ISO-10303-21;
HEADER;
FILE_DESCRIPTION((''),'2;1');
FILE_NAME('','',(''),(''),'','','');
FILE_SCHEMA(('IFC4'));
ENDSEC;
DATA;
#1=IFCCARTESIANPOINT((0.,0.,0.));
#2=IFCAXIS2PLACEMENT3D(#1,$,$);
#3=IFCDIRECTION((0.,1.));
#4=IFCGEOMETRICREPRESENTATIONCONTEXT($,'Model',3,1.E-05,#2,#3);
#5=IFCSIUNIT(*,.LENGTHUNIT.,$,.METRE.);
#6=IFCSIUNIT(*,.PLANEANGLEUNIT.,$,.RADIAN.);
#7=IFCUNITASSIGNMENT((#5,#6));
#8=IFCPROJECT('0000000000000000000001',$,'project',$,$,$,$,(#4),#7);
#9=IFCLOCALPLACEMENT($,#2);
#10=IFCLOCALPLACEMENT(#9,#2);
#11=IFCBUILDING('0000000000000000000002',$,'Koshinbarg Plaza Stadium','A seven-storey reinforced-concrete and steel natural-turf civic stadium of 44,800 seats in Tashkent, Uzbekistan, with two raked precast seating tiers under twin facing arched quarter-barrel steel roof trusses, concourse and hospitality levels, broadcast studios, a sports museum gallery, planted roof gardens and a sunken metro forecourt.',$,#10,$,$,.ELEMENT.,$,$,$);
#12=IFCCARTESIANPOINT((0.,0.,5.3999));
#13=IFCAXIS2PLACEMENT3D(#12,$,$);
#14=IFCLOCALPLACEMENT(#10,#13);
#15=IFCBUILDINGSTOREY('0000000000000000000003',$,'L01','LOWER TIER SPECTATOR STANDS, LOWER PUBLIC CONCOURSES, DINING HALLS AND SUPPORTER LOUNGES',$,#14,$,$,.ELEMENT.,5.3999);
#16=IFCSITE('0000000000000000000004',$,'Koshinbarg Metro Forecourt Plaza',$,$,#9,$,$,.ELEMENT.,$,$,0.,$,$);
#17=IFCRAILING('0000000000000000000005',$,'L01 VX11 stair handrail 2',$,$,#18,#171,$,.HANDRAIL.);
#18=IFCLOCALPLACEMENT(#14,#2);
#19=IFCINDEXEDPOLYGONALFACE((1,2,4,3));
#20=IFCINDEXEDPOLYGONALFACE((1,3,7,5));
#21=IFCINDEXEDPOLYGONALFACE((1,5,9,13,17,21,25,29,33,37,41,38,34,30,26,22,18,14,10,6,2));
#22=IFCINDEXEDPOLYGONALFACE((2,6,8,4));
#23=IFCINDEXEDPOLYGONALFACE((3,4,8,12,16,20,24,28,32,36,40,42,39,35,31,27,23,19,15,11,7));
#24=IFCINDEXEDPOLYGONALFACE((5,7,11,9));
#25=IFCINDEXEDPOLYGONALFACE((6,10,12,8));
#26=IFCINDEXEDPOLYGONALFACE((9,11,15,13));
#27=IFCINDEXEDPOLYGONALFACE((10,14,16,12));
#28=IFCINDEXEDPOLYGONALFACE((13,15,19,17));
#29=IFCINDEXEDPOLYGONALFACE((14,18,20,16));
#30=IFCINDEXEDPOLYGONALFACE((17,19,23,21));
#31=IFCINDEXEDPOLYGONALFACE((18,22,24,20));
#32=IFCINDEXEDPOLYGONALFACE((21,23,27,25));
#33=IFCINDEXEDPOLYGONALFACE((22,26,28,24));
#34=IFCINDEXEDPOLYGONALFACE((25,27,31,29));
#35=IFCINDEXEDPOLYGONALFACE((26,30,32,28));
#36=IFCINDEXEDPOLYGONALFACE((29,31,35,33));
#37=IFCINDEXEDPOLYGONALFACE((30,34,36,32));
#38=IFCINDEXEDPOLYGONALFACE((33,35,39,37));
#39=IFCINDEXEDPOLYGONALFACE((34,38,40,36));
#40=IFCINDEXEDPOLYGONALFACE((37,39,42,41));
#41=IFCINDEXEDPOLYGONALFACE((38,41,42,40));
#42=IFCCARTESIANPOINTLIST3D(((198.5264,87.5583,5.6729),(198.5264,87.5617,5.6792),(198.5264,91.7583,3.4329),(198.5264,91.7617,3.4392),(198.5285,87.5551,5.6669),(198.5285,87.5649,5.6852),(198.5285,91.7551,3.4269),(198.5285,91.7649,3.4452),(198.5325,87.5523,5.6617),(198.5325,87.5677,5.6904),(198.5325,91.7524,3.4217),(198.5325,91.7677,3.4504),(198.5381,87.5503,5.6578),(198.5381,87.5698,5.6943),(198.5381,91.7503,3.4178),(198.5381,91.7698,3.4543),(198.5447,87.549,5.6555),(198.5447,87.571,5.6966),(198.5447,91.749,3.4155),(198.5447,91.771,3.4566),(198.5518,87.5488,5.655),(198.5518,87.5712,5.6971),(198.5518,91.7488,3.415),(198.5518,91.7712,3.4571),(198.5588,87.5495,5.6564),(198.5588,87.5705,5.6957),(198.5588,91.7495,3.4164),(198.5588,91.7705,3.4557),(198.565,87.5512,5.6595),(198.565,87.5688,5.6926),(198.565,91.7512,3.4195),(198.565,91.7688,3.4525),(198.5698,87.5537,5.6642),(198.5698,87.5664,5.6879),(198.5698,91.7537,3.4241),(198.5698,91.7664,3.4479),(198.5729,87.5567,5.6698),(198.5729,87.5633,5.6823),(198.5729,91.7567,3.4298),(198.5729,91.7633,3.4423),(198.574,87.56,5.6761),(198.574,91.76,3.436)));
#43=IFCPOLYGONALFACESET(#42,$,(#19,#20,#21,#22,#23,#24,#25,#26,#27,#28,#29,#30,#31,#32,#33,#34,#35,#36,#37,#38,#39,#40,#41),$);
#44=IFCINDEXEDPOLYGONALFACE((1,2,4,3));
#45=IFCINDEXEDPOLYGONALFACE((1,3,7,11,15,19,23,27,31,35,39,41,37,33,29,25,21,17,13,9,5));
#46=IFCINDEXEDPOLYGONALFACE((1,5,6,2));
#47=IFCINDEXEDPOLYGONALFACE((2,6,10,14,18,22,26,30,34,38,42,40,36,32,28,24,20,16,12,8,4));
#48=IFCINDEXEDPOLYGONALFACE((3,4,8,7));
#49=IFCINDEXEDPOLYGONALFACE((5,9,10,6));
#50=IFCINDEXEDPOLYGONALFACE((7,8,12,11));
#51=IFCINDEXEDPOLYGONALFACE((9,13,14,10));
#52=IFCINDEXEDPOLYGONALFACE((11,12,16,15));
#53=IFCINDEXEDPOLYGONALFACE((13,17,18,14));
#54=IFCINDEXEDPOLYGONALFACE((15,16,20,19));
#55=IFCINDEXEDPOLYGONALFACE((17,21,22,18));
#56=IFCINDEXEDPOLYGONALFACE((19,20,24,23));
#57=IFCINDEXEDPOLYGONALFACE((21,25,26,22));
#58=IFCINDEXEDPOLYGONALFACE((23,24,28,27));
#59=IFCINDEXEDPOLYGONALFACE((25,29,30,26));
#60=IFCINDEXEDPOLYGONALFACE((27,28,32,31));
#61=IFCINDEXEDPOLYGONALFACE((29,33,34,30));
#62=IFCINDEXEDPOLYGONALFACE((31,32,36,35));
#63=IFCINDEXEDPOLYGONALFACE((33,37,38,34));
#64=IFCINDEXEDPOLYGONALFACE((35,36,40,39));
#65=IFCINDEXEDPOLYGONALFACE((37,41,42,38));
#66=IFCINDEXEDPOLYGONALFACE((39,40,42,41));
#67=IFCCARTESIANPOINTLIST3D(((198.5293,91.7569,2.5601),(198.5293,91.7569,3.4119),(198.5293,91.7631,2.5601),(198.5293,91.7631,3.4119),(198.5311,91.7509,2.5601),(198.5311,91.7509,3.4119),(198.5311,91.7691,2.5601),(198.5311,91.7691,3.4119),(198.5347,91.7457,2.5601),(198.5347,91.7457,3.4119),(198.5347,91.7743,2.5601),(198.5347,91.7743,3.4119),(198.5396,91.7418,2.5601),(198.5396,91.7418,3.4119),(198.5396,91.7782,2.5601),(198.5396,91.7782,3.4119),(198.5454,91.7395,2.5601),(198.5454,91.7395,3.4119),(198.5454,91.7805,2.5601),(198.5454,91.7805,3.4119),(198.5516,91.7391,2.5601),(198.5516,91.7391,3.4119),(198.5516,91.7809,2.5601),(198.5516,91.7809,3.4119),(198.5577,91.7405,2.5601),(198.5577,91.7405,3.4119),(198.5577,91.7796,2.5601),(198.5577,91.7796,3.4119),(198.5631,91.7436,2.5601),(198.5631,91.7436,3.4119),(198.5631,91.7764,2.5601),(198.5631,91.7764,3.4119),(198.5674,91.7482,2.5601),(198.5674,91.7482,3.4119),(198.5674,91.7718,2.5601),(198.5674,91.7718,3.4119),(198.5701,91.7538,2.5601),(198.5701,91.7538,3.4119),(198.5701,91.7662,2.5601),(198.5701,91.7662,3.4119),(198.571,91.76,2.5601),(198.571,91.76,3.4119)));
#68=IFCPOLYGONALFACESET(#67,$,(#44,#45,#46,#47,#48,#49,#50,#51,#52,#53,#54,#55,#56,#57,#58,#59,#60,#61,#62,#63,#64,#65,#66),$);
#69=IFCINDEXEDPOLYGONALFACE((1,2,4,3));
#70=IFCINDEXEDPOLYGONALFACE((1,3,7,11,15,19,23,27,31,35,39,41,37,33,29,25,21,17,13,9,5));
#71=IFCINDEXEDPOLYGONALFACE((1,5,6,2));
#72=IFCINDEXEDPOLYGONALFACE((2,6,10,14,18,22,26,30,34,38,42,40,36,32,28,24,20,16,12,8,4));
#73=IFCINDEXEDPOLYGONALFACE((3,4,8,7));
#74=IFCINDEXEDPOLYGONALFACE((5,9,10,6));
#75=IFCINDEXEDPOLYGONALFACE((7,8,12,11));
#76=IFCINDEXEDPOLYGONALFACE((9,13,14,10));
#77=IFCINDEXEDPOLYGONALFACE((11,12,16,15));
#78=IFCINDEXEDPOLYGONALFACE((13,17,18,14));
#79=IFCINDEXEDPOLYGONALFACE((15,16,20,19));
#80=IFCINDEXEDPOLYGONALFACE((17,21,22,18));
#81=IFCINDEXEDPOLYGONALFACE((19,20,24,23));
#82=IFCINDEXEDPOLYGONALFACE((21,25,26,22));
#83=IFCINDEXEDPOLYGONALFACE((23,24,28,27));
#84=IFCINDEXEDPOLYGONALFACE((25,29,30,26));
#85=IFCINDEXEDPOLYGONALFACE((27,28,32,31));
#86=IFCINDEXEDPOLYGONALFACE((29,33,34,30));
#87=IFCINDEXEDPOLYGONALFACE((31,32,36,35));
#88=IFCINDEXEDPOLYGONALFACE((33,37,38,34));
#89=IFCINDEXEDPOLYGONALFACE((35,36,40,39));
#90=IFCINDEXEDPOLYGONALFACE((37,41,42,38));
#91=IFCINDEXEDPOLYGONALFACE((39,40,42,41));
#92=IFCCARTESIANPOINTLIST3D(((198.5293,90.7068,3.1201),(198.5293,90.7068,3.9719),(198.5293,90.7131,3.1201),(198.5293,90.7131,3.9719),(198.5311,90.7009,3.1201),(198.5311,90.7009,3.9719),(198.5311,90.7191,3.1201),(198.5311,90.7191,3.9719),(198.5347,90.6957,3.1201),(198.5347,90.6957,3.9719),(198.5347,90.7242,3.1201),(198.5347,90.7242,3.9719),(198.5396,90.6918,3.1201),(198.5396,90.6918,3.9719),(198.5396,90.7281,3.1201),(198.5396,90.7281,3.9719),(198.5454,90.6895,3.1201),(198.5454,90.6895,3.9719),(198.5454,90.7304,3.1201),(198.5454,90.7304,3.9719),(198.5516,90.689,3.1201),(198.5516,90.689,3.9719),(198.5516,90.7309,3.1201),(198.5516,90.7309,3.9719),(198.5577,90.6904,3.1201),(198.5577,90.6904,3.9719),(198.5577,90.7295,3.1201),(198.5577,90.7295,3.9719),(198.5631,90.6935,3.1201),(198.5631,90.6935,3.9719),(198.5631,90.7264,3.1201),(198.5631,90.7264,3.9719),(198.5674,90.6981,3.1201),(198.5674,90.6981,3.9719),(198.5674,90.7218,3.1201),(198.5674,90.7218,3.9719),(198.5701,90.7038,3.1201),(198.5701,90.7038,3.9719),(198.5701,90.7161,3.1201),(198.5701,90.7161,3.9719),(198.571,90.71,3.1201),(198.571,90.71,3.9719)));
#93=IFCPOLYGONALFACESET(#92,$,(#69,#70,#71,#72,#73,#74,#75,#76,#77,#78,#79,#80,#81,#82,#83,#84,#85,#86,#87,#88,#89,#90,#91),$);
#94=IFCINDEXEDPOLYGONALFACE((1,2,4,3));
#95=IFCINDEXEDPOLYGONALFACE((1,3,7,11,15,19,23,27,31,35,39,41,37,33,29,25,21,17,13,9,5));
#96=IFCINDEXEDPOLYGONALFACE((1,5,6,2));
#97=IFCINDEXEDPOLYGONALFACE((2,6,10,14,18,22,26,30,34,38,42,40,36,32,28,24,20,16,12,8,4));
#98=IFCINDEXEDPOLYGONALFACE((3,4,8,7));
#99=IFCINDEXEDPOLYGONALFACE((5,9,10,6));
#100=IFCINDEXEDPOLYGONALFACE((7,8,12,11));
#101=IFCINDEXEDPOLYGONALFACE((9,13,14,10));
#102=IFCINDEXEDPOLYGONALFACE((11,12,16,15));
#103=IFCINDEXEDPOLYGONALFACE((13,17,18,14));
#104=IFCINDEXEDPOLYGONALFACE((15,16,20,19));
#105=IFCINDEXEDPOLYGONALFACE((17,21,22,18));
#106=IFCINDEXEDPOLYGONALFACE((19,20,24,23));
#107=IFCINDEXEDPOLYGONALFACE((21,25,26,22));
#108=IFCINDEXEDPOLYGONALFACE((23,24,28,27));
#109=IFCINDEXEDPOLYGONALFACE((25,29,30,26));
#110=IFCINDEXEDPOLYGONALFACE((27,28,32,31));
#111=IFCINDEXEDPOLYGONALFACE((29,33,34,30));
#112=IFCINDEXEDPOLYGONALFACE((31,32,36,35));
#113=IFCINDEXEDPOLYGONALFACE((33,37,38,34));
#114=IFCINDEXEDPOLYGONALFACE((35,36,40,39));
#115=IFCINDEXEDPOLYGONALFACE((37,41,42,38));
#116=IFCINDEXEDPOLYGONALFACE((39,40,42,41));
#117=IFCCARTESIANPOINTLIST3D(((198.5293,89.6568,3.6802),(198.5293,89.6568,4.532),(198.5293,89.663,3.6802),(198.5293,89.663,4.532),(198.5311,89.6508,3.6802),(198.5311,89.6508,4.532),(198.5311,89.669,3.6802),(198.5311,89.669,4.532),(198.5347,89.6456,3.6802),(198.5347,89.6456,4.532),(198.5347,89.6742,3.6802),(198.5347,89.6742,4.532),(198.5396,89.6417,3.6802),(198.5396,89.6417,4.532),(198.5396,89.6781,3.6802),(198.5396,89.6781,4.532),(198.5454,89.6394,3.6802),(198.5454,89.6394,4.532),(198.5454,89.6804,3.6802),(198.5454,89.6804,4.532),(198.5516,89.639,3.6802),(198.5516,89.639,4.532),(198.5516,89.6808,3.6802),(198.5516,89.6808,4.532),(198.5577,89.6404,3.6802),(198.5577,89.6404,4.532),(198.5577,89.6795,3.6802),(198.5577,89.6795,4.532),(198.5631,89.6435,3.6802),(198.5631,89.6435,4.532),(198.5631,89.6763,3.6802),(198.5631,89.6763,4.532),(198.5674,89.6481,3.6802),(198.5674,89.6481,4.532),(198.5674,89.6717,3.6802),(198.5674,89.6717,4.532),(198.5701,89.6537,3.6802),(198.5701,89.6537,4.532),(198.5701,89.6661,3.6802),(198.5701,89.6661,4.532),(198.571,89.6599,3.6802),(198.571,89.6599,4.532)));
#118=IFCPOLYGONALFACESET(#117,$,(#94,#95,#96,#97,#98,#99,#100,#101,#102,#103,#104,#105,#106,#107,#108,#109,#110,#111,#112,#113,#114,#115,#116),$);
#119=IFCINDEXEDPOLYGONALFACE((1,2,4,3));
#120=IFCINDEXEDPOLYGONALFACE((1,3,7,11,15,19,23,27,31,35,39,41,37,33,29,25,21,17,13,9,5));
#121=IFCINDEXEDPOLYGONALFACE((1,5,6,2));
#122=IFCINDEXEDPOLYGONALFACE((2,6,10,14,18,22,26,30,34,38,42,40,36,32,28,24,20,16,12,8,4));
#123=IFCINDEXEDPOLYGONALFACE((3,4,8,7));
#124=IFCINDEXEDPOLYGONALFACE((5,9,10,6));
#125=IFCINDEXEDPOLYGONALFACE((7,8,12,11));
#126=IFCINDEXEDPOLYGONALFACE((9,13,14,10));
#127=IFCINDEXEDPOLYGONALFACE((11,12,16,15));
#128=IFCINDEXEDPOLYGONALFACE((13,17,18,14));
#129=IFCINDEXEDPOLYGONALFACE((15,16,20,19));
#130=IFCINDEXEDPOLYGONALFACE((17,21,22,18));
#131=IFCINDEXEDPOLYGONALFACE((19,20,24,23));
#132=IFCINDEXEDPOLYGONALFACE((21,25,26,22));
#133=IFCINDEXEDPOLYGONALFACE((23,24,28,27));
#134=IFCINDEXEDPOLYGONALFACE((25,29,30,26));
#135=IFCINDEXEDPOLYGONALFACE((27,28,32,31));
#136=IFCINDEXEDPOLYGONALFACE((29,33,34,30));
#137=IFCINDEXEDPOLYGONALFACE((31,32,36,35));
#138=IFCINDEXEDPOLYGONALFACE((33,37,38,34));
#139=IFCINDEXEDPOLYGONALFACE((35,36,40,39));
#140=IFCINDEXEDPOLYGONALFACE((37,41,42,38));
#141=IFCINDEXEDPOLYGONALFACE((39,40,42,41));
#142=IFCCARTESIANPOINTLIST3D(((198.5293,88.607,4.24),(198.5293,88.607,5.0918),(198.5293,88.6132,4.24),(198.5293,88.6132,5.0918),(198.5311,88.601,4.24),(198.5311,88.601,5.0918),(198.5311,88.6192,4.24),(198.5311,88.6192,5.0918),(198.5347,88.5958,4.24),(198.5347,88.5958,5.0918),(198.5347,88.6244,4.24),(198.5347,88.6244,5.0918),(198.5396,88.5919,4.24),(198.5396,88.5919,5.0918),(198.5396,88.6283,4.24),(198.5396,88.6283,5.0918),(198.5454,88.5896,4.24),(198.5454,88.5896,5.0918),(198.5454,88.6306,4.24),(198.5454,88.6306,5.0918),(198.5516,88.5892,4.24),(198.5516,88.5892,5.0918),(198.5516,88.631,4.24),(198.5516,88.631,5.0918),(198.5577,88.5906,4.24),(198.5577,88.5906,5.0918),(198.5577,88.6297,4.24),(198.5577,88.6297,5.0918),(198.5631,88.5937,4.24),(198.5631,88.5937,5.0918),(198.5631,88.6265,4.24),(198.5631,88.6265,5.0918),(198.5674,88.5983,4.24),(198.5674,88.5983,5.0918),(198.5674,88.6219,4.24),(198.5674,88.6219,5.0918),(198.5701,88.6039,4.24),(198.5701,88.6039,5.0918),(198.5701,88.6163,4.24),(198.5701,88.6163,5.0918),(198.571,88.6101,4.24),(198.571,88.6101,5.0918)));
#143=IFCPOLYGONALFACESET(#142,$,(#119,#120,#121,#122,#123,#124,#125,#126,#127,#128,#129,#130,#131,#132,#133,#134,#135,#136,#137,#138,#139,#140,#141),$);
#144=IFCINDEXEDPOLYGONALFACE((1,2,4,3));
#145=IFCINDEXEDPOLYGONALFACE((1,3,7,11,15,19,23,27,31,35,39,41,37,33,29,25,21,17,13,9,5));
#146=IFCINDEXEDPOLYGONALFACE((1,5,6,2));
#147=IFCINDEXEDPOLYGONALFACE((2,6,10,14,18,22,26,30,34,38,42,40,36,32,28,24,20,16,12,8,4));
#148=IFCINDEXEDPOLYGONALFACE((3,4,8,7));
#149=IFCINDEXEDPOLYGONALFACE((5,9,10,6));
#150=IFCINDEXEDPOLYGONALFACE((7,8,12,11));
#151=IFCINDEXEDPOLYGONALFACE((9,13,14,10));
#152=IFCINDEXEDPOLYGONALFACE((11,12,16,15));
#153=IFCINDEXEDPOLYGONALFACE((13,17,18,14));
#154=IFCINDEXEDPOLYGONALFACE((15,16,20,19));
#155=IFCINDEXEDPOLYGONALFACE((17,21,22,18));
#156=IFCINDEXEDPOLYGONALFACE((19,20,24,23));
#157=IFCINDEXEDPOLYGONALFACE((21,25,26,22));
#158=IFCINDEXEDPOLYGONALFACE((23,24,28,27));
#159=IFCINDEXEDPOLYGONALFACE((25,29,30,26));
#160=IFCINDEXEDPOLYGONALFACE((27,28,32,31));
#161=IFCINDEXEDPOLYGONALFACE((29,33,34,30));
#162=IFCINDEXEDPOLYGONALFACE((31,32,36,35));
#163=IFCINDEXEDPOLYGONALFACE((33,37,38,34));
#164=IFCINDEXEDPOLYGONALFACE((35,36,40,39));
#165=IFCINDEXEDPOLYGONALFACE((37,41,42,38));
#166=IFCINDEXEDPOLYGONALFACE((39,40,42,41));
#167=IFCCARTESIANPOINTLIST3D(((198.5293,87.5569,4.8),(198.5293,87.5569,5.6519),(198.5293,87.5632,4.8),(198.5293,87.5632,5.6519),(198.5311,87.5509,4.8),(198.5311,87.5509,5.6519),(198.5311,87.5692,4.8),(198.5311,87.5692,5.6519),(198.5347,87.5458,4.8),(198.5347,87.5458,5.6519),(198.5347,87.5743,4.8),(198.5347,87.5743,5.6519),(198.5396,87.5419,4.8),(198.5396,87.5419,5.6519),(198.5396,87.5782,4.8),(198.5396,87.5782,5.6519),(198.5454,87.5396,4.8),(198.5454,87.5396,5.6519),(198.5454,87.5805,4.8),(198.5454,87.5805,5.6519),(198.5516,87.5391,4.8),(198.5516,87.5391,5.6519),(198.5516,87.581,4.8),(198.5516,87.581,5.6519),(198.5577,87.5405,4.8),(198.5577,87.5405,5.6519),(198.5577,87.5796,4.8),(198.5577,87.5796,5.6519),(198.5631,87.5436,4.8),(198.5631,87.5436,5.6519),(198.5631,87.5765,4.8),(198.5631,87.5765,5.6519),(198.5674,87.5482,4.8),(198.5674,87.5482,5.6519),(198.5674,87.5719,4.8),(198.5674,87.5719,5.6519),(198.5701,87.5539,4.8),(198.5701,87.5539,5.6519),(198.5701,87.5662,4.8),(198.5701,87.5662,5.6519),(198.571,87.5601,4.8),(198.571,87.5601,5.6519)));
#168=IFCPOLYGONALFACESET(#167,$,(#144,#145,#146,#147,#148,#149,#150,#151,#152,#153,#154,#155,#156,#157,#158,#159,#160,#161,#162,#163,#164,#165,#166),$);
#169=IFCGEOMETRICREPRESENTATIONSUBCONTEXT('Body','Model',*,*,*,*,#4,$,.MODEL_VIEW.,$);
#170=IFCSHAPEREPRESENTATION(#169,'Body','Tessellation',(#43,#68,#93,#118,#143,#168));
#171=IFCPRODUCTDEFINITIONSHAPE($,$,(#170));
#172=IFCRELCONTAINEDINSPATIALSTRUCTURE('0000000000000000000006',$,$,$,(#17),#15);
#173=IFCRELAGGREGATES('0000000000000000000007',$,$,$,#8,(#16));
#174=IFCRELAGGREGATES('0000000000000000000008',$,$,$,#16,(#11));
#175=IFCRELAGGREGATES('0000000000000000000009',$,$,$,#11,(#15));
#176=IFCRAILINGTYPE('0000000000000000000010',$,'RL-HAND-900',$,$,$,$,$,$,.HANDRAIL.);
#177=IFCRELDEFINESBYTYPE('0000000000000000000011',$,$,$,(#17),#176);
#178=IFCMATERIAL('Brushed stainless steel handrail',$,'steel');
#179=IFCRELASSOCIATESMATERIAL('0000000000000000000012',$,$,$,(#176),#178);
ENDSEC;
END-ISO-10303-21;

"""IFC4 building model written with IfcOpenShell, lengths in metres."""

from ifc_helpers import new_model, si_unit, direction, frame, origin, origin_2d, place, context, subcontext, project, spatial, circle, extrude, material, type_object, element, save


model = new_model("IFC4")

# Units and contexts
model_context = context("Model", 3, precision=1e-05, world=origin(), true_north=direction((0.0, 1.0)))
body_context = subcontext(model_context, "Body", "Model", "MODEL_VIEW")
ifc_project = project(units=[si_unit("LENGTHUNIT", "METRE"), si_unit("PLANEANGLEUNIT", "RADIAN")], contexts=[model_context])

# Site, building, storey
site_placement = place(None, origin())
site = spatial("IfcSite", under=ifc_project, at=site_placement, Name="Koshinbarg Metro Forecourt Plaza", CompositionType="ELEMENT", RefElevation=0.0)
building_placement = place(site_placement, origin())
building = spatial("IfcBuilding", under=site, at=building_placement, Name="Koshinbarg Plaza Stadium", Description="A seven-storey reinforced-concrete and steel natural-turf civic stadium of 44,800 seats in Tashkent, Uzbekistan, with two raked precast seating tiers under twin facing arched quarter-barrel steel roof trusses, concourse and hospitality levels, broadcast studios, a sports museum gallery, planted roof gardens and a sunken metro forecourt.", CompositionType="ELEMENT")
storey_placement = place(building_placement, frame((0.0, 0.0, 5.3999)))
storey = spatial("IfcBuildingStorey", under=building, at=storey_placement, Name="L01", Description="LOWER TIER SPECTATOR STANDS, LOWER PUBLIC CONCOURSES, DINING HALLS AND SUPPORTER LOUNGES", CompositionType="ELEMENT", Elevation=5.3999)

# Railing
ifc_material_1 = material(Name="Brushed stainless steel handrail", Category="steel")
railing_type_1 = type_object("IfcRailingType", Name="RL-HAND-900", PredefinedType="HANDRAIL", material=ifc_material_1)
railing_1_placement = place(storey_placement, frame((198.55, 91.76, 2.5601)))
element("IfcRailing", 1, at=railing_1_placement, inside=storey, type_object=railing_type_1, Name="L01 VX11 stair handrail 2", PredefinedType="HANDRAIL", context=body_context, shape_type="SweptSolid", body=[
    extrude(circle(Radius=0.0239, at=origin_2d()), frame((0.0, 0.0, 0.876), z_axis=(0.0, -0.882352, 0.470591), x_axis=(1.0, 0.0, 0.0)), (0.0, 0.0, 1.0), 4.76),
    extrude(circle(Radius=0.021, at=origin_2d()), origin(), (0.0, 0.0, 1.0), 0.8518),
    extrude(circle(Radius=0.021, at=origin_2d()), frame((0.0, -1.05, 0.5601)), (0.0, 0.0, 1.0), 0.8518),
    extrude(circle(Radius=0.021, at=origin_2d()), frame((0.0, -2.1001, 1.1201)), (0.0, 0.0, 1.0), 0.8518),
    extrude(circle(Radius=0.021, at=origin_2d()), frame((0.0, -3.1499, 1.6799)), (0.0, 0.0, 1.0), 0.8518),
    extrude(circle(Radius=0.021, at=origin_2d()), frame((0.0, -4.2, 2.24)), (0.0, 0.0, 1.0), 0.8518),
])

save(model, "model.ifc")
